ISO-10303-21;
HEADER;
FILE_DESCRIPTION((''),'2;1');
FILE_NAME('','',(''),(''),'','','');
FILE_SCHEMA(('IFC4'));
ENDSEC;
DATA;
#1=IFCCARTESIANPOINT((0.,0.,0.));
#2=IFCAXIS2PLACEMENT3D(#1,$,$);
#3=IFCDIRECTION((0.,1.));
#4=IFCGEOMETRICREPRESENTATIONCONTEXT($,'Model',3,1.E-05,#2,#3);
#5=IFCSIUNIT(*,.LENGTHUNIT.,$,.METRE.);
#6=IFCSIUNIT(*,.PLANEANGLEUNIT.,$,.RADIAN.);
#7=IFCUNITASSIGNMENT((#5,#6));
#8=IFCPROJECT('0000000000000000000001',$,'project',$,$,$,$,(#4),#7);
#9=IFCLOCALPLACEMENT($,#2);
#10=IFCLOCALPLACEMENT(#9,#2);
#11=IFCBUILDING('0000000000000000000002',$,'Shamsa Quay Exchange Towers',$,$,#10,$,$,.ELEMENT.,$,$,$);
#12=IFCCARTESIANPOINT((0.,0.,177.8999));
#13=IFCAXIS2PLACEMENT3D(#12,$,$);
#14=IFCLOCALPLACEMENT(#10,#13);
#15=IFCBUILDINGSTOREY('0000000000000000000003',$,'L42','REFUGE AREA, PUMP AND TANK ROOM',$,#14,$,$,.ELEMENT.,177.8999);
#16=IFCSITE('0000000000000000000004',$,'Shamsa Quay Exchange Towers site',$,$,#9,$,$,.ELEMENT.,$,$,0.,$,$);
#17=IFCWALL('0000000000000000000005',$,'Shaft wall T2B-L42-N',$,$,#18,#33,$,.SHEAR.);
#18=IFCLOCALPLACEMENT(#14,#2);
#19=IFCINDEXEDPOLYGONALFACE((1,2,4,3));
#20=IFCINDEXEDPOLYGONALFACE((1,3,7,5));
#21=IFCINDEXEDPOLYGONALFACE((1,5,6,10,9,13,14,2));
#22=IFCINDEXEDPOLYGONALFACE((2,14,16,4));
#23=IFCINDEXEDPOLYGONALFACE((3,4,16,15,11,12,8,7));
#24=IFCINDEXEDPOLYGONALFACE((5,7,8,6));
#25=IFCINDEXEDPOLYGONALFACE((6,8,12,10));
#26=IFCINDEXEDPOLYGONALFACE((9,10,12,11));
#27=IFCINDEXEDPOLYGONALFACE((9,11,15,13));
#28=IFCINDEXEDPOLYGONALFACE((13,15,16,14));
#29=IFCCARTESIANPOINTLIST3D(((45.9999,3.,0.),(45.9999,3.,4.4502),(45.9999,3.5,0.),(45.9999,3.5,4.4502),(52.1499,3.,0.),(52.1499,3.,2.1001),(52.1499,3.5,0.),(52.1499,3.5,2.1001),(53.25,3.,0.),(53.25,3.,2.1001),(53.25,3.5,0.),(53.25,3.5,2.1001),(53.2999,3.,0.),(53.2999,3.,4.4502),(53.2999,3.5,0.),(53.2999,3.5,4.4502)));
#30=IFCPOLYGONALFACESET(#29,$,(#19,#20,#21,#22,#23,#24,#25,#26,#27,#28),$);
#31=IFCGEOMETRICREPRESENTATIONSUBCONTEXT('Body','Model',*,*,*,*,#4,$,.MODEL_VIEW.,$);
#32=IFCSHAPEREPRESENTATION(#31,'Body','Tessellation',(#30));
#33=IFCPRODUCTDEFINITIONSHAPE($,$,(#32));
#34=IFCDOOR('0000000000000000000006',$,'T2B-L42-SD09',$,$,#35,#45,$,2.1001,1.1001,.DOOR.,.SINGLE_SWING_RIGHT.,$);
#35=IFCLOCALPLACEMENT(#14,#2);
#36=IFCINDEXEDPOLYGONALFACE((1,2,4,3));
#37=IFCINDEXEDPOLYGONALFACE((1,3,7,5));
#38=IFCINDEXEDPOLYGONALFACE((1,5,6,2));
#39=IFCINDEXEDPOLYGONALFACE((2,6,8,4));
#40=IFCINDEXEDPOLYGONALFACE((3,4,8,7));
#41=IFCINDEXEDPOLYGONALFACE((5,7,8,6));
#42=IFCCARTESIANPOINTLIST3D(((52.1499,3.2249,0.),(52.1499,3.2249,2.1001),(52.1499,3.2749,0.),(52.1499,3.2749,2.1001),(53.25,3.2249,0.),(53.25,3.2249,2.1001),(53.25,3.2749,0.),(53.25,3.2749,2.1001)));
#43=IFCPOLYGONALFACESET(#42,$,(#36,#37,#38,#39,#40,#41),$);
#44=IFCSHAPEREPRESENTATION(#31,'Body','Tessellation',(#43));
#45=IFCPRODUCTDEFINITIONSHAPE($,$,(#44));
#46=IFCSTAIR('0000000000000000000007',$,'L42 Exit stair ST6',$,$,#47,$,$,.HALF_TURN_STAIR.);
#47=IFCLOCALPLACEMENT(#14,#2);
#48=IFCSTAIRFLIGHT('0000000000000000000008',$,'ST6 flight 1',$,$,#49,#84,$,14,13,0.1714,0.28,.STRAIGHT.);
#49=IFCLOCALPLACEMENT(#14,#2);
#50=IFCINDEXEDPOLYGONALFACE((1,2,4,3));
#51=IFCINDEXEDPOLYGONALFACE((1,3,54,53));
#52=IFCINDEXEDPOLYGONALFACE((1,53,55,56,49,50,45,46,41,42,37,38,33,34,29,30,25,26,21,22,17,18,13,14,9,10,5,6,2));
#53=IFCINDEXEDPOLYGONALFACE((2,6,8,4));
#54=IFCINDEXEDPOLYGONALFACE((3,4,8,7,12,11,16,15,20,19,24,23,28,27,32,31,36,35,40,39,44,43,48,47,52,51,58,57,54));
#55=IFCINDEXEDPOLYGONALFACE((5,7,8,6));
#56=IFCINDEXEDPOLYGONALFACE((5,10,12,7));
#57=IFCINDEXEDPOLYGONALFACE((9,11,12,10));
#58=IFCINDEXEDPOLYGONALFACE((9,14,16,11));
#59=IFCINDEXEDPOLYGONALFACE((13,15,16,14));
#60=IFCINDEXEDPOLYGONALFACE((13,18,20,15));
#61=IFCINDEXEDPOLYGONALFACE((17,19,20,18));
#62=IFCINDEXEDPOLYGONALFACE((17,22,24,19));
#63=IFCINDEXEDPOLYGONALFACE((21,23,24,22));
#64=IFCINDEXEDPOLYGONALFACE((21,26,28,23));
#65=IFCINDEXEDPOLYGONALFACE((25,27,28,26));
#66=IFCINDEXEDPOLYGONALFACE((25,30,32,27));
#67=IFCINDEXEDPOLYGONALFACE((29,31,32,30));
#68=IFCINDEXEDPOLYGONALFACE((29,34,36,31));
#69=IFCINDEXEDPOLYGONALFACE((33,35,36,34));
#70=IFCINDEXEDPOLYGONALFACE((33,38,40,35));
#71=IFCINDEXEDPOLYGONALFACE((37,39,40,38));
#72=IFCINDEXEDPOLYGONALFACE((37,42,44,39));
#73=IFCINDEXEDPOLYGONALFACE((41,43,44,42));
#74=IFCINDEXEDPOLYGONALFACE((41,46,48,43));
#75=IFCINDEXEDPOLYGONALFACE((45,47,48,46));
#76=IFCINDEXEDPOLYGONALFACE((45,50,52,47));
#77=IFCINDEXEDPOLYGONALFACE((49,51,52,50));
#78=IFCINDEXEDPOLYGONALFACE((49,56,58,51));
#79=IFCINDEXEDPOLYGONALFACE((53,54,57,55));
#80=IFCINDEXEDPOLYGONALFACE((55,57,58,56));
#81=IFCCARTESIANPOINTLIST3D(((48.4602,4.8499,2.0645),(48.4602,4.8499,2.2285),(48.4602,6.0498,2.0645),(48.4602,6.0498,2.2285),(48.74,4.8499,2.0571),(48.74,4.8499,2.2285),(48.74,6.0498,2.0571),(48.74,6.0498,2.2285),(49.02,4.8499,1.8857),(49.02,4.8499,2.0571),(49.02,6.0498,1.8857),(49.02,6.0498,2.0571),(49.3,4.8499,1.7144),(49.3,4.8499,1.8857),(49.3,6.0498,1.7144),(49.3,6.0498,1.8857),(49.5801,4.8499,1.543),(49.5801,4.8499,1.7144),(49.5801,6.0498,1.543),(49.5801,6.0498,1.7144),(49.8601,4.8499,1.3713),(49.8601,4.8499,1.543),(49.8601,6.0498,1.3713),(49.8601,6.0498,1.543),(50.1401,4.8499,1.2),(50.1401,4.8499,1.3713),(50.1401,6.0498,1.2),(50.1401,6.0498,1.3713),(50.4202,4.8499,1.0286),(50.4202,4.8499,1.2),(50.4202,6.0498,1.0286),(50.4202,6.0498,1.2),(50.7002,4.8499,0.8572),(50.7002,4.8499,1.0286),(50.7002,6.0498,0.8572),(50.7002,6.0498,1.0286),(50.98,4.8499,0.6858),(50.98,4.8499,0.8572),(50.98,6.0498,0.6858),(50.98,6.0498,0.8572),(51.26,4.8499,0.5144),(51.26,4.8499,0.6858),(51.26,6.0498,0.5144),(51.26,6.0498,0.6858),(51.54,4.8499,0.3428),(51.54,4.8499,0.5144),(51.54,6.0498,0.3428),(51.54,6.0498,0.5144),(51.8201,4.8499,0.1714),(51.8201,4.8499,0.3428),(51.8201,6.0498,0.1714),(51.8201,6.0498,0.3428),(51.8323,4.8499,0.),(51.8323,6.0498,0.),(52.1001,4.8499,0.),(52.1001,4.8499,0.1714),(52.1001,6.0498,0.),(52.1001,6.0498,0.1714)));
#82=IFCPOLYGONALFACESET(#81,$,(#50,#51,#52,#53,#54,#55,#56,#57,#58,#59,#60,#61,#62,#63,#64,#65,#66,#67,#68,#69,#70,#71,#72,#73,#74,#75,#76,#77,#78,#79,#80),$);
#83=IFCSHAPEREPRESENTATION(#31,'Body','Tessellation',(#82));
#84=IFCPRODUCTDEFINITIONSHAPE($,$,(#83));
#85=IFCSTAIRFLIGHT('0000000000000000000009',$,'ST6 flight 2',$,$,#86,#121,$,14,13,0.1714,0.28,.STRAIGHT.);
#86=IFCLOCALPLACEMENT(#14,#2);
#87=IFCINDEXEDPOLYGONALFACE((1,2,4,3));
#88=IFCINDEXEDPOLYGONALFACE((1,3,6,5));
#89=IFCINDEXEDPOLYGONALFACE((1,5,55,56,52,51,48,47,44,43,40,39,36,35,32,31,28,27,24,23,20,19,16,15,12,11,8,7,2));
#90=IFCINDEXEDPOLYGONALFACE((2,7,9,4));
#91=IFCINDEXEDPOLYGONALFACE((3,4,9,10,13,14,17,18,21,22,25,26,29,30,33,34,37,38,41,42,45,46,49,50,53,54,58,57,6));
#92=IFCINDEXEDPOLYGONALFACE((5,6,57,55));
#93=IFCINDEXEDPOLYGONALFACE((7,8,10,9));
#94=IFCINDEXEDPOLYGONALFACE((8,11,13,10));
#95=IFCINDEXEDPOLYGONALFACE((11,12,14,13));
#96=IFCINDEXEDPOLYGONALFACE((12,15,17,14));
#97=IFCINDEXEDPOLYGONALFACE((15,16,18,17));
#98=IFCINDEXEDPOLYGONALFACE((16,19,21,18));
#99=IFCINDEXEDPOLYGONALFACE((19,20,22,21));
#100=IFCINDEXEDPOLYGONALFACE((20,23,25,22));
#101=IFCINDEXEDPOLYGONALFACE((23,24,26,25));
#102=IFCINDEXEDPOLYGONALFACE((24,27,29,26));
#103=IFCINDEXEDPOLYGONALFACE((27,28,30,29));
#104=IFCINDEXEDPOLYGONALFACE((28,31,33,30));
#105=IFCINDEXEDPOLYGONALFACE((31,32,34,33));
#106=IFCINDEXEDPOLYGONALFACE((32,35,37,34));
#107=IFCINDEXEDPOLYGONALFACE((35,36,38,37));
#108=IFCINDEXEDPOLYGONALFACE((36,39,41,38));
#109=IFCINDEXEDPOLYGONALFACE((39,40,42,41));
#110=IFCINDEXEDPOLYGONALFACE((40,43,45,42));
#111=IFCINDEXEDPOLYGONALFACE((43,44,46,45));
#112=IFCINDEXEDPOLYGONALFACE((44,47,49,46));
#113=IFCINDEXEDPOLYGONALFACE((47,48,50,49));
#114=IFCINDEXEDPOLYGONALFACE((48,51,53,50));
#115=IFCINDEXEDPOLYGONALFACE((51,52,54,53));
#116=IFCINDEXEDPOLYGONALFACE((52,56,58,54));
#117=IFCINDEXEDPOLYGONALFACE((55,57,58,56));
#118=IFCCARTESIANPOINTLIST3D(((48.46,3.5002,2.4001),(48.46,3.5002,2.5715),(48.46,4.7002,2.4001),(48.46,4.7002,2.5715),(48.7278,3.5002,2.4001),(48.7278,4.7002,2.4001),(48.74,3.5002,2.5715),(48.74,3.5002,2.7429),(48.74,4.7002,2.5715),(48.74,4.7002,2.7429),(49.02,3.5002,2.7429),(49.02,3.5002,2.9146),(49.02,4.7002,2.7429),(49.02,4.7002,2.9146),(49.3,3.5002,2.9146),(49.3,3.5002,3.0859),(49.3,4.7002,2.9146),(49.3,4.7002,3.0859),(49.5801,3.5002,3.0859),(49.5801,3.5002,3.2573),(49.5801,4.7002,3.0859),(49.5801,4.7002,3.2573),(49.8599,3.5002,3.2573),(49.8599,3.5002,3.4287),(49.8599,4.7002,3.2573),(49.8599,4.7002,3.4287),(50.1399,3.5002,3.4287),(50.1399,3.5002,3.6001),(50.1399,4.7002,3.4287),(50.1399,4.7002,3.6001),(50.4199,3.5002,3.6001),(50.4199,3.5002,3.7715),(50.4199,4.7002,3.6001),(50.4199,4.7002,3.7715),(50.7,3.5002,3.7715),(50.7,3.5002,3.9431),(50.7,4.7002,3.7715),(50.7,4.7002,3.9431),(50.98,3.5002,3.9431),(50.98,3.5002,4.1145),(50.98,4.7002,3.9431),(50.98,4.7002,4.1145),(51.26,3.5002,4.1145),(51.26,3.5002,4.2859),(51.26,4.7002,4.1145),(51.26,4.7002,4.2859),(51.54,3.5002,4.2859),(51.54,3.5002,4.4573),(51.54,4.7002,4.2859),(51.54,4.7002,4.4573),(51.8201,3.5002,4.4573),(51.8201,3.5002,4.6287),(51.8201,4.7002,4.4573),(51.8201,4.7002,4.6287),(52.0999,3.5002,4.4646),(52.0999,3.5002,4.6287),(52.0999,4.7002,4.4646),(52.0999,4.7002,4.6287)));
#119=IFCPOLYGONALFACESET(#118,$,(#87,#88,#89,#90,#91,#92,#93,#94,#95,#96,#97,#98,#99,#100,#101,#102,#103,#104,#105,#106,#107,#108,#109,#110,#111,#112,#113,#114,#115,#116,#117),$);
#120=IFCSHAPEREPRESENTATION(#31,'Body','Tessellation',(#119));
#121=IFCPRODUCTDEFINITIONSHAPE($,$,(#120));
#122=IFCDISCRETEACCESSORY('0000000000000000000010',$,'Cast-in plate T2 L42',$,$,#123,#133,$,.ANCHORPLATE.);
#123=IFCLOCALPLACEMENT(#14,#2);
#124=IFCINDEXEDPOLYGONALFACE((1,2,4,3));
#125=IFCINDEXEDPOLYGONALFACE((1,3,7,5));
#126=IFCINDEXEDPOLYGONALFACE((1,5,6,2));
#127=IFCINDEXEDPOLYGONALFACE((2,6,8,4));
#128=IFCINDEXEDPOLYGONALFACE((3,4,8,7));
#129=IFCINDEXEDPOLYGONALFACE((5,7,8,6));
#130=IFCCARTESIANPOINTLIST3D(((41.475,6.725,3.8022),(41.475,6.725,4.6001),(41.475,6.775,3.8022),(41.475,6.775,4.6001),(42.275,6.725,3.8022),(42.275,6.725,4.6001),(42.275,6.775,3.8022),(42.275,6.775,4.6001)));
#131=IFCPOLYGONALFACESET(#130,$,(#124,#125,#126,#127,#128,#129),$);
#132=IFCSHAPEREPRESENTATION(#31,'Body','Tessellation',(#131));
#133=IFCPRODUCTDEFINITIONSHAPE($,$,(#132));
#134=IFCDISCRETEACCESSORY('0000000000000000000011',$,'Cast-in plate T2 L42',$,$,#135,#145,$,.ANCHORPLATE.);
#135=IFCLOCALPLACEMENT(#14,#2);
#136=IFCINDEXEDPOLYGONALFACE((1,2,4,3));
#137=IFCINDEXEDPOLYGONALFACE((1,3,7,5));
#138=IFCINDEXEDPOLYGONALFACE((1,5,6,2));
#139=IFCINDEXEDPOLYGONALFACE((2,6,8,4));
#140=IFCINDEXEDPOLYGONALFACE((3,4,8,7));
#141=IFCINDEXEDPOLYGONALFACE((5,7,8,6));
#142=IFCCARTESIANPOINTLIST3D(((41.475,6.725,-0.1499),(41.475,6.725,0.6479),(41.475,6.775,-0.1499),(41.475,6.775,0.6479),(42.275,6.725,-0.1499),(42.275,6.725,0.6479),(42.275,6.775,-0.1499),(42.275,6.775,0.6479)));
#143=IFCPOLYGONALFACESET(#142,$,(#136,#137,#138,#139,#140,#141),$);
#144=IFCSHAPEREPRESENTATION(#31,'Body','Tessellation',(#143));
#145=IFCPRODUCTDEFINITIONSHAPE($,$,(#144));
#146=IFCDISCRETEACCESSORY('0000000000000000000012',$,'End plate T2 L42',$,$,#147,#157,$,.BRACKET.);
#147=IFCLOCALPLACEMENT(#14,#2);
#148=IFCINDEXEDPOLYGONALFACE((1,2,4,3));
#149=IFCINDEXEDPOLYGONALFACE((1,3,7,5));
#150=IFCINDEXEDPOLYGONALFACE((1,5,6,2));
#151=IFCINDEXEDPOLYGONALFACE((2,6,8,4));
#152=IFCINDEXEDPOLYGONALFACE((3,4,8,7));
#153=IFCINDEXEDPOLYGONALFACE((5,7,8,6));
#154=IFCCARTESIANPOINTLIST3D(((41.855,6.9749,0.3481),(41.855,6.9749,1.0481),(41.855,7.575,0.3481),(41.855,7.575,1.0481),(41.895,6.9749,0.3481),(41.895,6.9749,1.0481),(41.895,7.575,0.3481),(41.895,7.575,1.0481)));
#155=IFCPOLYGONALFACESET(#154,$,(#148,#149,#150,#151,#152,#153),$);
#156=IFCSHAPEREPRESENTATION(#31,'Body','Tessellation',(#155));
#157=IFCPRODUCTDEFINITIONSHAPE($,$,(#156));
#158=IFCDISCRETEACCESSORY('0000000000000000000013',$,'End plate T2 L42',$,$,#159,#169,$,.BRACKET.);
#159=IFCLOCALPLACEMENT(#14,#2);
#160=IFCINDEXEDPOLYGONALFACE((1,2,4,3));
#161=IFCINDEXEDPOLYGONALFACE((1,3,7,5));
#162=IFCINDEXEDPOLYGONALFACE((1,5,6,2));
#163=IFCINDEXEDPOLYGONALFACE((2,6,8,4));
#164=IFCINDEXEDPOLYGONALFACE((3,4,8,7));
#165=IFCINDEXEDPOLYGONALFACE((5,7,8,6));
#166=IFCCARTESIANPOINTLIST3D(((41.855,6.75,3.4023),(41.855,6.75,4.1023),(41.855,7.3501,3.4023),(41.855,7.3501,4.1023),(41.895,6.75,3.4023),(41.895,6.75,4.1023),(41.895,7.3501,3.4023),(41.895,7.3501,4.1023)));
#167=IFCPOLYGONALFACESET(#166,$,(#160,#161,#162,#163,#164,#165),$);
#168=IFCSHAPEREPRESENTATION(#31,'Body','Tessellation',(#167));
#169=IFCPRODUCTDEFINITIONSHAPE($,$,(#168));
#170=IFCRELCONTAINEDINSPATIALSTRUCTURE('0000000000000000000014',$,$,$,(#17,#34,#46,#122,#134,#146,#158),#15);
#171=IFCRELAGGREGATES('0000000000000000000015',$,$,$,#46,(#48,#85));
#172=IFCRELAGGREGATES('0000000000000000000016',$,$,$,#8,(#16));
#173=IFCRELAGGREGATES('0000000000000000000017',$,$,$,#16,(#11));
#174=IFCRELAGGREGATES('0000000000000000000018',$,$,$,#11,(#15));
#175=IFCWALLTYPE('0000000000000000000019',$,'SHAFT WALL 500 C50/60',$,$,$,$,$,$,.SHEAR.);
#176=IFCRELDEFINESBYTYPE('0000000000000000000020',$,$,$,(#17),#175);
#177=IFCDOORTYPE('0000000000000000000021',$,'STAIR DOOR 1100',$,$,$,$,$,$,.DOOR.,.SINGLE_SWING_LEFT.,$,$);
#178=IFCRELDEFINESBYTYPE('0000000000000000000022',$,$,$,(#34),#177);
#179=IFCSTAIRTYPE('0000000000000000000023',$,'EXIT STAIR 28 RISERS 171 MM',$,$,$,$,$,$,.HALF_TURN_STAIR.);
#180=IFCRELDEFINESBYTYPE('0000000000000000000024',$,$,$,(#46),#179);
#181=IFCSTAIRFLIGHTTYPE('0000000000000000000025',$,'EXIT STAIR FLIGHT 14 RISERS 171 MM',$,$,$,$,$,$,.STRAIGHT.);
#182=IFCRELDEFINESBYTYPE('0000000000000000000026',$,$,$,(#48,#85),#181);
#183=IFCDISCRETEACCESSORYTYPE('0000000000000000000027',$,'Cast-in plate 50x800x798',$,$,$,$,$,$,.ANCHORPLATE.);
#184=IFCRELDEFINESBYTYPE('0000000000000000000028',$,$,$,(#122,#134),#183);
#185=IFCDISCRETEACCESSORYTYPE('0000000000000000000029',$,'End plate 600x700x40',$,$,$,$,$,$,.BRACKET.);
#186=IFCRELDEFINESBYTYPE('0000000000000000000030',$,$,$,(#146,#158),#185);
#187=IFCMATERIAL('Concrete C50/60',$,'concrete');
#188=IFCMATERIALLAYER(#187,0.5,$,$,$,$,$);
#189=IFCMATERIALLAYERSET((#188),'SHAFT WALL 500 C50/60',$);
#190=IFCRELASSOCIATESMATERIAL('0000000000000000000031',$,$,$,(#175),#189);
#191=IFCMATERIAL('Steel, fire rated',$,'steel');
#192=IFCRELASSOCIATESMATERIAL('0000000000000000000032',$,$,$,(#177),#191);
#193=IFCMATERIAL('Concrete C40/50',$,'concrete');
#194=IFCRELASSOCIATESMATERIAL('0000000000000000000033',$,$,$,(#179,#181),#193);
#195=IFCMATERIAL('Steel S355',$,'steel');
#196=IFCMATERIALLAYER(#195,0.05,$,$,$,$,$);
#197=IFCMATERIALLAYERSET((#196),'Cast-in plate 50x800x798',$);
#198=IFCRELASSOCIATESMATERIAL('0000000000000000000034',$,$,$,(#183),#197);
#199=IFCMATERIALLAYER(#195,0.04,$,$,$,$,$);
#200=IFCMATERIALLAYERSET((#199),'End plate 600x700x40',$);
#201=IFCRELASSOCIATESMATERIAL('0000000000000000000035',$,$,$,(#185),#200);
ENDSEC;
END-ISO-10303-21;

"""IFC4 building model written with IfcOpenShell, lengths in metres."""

from ifc_helpers import new_model, si_unit, direction, frame, frame_2d, origin, origin_2d, place, context, subcontext, project, spatial, polyline, rectangle, outline, extrude, material, layer, layer_set, type_object, element, fill, aggregate, save


model = new_model("IFC4")

# Units and contexts
model_context = context("Model", 3, precision=1e-05, world=origin(), true_north=direction((0.0, 1.0)))
body_context = subcontext(model_context, "Body", "Model", "MODEL_VIEW")
ifc_project = project(units=[si_unit("LENGTHUNIT", "METRE"), si_unit("PLANEANGLEUNIT", "RADIAN")], contexts=[model_context])

# Site, building, storey
site_placement = place(None, origin())
site = spatial("IfcSite", under=ifc_project, at=site_placement, Name="Shamsa Quay Exchange Towers site", CompositionType="ELEMENT", RefElevation=0.0)
building_placement = place(site_placement, origin())
building = spatial("IfcBuilding", under=site, at=building_placement, Name="Shamsa Quay Exchange Towers", CompositionType="ELEMENT")
storey_placement = place(building_placement, frame((0.0, 0.0, 177.8999)))
storey = spatial("IfcBuildingStorey", under=building, at=storey_placement, Name="L42", Description="REFUGE AREA, PUMP AND TANK ROOM", CompositionType="ELEMENT", Elevation=177.8999)

# Shared definitions
ifc_material_1 = material(Name="Steel S355", Category="steel")

# Shared definitions
ifc_material_2 = material(Name="Concrete C50/60", Category="concrete")

# Wall, opening, door
ifc_layer_1 = layer(ifc_material_2, 0.5)
ifc_layer_set_1 = layer_set([ifc_layer_1], Name="SHAFT WALL 500 C50/60")
wall_type_1 = type_object("IfcWallType", Name="SHAFT WALL 500 C50/60", PredefinedType="SHEAR", material=ifc_layer_set_1)
wall_placement = place(storey_placement, frame((46.0, 3.25, 0.0)))
wall = element("IfcWall", 1, at=wall_placement, inside=storey, type_object=wall_type_1, Name="Shaft wall T2B-L42-N", PredefinedType="SHEAR", context=body_context, shape_type="SweptSolid", body=[
    extrude(rectangle(XDim=7.3, YDim=0.5, at=frame_2d((3.6499, 0.0))), origin(), (0.0, 0.0, 1.0), 4.4502),
])
opening_placement = place(wall_placement, frame((6.1499, 0.0, 0.0)))
opening = element("IfcOpeningElement", 2, at=opening_placement, cuts=wall, PredefinedType="OPENING", context=body_context, shape_type="SweptSolid", body=[
    extrude(rectangle(XDim=1.1001, YDim=2.1001, at=frame_2d((0.55, 1.05))), frame((0.0, 0.26, 0.0), z_axis=(0.0, -1.0, 0.0), x_axis=(1.0, 0.0, 0.0)), (0.0, 0.0, 1.0), 0.52),
])
ifc_material_3 = material(Name="Steel, fire rated", Category="steel")
door_type = type_object("IfcDoorType", Name="STAIR DOOR 1100", OperationType="SINGLE_SWING_LEFT", PredefinedType="DOOR", material=ifc_material_3)
door_placement = place(opening_placement, origin())
door = element("IfcDoor", 3, at=door_placement, inside=storey, type_object=door_type, Name="T2B-L42-SD09", OperationType="SINGLE_SWING_RIGHT", OverallHeight=2.1001, OverallWidth=1.1001, PredefinedType="DOOR", context=body_context, shape_type="SweptSolid", body=[
    extrude(rectangle(XDim=1.1001, YDim=2.1001, at=frame_2d((0.55, 1.05))), frame((0.0, 0.0249, 0.0), z_axis=(0.0, -1.0, 0.0), x_axis=(1.0, 0.0, 0.0)), (0.0, 0.0, 1.0), 0.05),
])
fill(opening, door)

# Stair, stair flights
ifc_material_4 = material(Name="Concrete C40/50", Category="concrete")
stair_type = type_object("IfcStairType", Name="EXIT STAIR 28 RISERS 171 MM", PredefinedType="HALF_TURN_STAIR", material=ifc_material_4)
stair_placement = place(storey_placement, origin())
stair = element("IfcStair", 4, at=stair_placement, inside=storey, type_object=stair_type, Name="L42 Exit stair ST6", PredefinedType="HALF_TURN_STAIR")
stair_flight_type = type_object("IfcStairFlightType", Name="EXIT STAIR FLIGHT 14 RISERS 171 MM", PredefinedType="STRAIGHT", material=ifc_material_4)
stair_flight_1_placement = place(storey_placement, frame((52.1001, 5.45, 0.0), z_axis=(0.0, 0.0, 1.0), x_axis=(-1.0, 0.0, 0.0)))
stair_flight_1 = element("IfcStairFlight", 5, at=stair_flight_1_placement, type_object=stair_flight_type, Name="ST6 flight 1", NumberOfRisers=14, NumberOfTreads=13, PredefinedType="STRAIGHT", RiserHeight=0.1714, TreadLength=0.28, context=body_context, shape_type="SweptSolid", body=[
    extrude(outline(polyline([(0.0, 0.0), (0.0, 0.1714), (0.28, 0.1714), (0.28, 0.3428), (0.5601, 0.3428), (0.5601, 0.5144), (0.8401, 0.5144), (0.8401, 0.6858), (1.1201, 0.6858), (1.1201, 0.8572), (1.3999, 0.8572), (1.3999, 1.0286), (1.6799, 1.0286), (1.6799, 1.2), (1.96, 1.2), (1.96, 1.3713), (2.24, 1.3713), (2.24, 1.543), (2.52, 1.543), (2.52, 1.7144), (2.8, 1.7144), (2.8, 1.8857), (3.0801, 1.8857), (3.0801, 2.0571), (3.3601, 2.0571), (3.3601, 2.2285), (3.6399, 2.2285), (3.6399, 2.3999), (3.6399, 2.0645), (0.2678, 0.0), (0.0, 0.0)])), frame((0.0, 0.6001, 0.0), z_axis=(0.0, -1.0, 0.0), x_axis=(1.0, 0.0, 0.0)), (0.0, 0.0, 1.0), 1.2),
])
stair_flight_2_placement = place(storey_placement, frame((48.46, 4.1001, 2.4001)))
stair_flight_2 = element("IfcStairFlight", 6, at=stair_flight_2_placement, type_object=stair_flight_type, Name="ST6 flight 2", NumberOfRisers=14, NumberOfTreads=13, PredefinedType="STRAIGHT", RiserHeight=0.1714, TreadLength=0.28, context=body_context, shape_type="SweptSolid", body=[
    extrude(outline(polyline([(0.0, 0.0), (0.0, 0.1714), (0.28, 0.1714), (0.28, 0.3428), (0.5601, 0.3428), (0.5601, 0.5144), (0.8401, 0.5144), (0.8401, 0.6858), (1.1201, 0.6858), (1.1201, 0.8572), (1.3999, 0.8572), (1.3999, 1.0286), (1.6799, 1.0286), (1.6799, 1.2), (1.96, 1.2), (1.96, 1.3713), (2.24, 1.3713), (2.24, 1.543), (2.52, 1.543), (2.52, 1.7144), (2.8, 1.7144), (2.8, 1.8857), (3.0801, 1.8857), (3.0801, 2.0571), (3.3601, 2.0571), (3.3601, 2.2285), (3.6399, 2.2285), (3.6399, 2.3999), (3.6399, 2.0645), (0.2678, 0.0), (0.0, 0.0)])), frame((0.0, 0.6001, 0.0), z_axis=(0.0, -1.0, 0.0), x_axis=(1.0, 0.0, 0.0)), (0.0, 0.0, 1.0), 1.2),
])
aggregate(stair, [stair_flight_1, stair_flight_2])

# Discrete accessories
ifc_layer_2 = layer(ifc_material_1, 0.05)
ifc_layer_set_2 = layer_set([ifc_layer_2], Name="Cast-in plate 50x800x798")
discrete_accessory_type_1 = type_object("IfcDiscreteAccessoryType", Name="Cast-in plate 50x800x798", PredefinedType="ANCHORPLATE", material=ifc_layer_set_2)
for number, where, z_axis, x_axis, name in (
    (7, (41.875, 6.75, 3.8022), (0.0, 0.0, 1.0), (0.0, -1.0, 0.0), "Cast-in plate T2 L42"),
    (8, (41.875, 6.75, -0.1499), (0.0, 0.0, 1.0), (0.0, -1.0, 0.0), "Cast-in plate T2 L42"),
):
    element("IfcDiscreteAccessory", number, at=place(storey_placement, frame(where, z_axis=z_axis, x_axis=x_axis)), inside=storey, type_object=discrete_accessory_type_1, Name=name, PredefinedType="ANCHORPLATE", context=body_context, shape_type="SweptSolid", body=[
        extrude(rectangle(XDim=0.05, YDim=0.8, at=origin_2d()), origin(), (0.0, 0.0, 1.0), 0.7979),
    ])
ifc_layer_3 = layer(ifc_material_1, 0.04)
ifc_layer_set_3 = layer_set([ifc_layer_3], Name="End plate 600x700x40")
discrete_accessory_type_2 = type_object("IfcDiscreteAccessoryType", Name="End plate 600x700x40", PredefinedType="BRACKET", material=ifc_layer_set_3)
for number, where, z_axis, x_axis, name in (
    (9, (41.875, 7.2749, 0.3481), (0.0, 0.0, 1.0), (0.0, -1.0, 0.0), "End plate T2 L42"),
    (10, (41.875, 7.05, 3.4023), (0.0, 0.0, 1.0), (0.0, -1.0, 0.0), "End plate T2 L42"),
):
    element("IfcDiscreteAccessory", number, at=place(storey_placement, frame(where, z_axis=z_axis, x_axis=x_axis)), inside=storey, type_object=discrete_accessory_type_2, Name=name, PredefinedType="BRACKET", context=body_context, shape_type="SweptSolid", body=[
        extrude(rectangle(XDim=0.6001, YDim=0.04, at=origin_2d()), origin(), (0.0, 0.0, 1.0), 0.7),
    ])

save(model, "model.ifc")
